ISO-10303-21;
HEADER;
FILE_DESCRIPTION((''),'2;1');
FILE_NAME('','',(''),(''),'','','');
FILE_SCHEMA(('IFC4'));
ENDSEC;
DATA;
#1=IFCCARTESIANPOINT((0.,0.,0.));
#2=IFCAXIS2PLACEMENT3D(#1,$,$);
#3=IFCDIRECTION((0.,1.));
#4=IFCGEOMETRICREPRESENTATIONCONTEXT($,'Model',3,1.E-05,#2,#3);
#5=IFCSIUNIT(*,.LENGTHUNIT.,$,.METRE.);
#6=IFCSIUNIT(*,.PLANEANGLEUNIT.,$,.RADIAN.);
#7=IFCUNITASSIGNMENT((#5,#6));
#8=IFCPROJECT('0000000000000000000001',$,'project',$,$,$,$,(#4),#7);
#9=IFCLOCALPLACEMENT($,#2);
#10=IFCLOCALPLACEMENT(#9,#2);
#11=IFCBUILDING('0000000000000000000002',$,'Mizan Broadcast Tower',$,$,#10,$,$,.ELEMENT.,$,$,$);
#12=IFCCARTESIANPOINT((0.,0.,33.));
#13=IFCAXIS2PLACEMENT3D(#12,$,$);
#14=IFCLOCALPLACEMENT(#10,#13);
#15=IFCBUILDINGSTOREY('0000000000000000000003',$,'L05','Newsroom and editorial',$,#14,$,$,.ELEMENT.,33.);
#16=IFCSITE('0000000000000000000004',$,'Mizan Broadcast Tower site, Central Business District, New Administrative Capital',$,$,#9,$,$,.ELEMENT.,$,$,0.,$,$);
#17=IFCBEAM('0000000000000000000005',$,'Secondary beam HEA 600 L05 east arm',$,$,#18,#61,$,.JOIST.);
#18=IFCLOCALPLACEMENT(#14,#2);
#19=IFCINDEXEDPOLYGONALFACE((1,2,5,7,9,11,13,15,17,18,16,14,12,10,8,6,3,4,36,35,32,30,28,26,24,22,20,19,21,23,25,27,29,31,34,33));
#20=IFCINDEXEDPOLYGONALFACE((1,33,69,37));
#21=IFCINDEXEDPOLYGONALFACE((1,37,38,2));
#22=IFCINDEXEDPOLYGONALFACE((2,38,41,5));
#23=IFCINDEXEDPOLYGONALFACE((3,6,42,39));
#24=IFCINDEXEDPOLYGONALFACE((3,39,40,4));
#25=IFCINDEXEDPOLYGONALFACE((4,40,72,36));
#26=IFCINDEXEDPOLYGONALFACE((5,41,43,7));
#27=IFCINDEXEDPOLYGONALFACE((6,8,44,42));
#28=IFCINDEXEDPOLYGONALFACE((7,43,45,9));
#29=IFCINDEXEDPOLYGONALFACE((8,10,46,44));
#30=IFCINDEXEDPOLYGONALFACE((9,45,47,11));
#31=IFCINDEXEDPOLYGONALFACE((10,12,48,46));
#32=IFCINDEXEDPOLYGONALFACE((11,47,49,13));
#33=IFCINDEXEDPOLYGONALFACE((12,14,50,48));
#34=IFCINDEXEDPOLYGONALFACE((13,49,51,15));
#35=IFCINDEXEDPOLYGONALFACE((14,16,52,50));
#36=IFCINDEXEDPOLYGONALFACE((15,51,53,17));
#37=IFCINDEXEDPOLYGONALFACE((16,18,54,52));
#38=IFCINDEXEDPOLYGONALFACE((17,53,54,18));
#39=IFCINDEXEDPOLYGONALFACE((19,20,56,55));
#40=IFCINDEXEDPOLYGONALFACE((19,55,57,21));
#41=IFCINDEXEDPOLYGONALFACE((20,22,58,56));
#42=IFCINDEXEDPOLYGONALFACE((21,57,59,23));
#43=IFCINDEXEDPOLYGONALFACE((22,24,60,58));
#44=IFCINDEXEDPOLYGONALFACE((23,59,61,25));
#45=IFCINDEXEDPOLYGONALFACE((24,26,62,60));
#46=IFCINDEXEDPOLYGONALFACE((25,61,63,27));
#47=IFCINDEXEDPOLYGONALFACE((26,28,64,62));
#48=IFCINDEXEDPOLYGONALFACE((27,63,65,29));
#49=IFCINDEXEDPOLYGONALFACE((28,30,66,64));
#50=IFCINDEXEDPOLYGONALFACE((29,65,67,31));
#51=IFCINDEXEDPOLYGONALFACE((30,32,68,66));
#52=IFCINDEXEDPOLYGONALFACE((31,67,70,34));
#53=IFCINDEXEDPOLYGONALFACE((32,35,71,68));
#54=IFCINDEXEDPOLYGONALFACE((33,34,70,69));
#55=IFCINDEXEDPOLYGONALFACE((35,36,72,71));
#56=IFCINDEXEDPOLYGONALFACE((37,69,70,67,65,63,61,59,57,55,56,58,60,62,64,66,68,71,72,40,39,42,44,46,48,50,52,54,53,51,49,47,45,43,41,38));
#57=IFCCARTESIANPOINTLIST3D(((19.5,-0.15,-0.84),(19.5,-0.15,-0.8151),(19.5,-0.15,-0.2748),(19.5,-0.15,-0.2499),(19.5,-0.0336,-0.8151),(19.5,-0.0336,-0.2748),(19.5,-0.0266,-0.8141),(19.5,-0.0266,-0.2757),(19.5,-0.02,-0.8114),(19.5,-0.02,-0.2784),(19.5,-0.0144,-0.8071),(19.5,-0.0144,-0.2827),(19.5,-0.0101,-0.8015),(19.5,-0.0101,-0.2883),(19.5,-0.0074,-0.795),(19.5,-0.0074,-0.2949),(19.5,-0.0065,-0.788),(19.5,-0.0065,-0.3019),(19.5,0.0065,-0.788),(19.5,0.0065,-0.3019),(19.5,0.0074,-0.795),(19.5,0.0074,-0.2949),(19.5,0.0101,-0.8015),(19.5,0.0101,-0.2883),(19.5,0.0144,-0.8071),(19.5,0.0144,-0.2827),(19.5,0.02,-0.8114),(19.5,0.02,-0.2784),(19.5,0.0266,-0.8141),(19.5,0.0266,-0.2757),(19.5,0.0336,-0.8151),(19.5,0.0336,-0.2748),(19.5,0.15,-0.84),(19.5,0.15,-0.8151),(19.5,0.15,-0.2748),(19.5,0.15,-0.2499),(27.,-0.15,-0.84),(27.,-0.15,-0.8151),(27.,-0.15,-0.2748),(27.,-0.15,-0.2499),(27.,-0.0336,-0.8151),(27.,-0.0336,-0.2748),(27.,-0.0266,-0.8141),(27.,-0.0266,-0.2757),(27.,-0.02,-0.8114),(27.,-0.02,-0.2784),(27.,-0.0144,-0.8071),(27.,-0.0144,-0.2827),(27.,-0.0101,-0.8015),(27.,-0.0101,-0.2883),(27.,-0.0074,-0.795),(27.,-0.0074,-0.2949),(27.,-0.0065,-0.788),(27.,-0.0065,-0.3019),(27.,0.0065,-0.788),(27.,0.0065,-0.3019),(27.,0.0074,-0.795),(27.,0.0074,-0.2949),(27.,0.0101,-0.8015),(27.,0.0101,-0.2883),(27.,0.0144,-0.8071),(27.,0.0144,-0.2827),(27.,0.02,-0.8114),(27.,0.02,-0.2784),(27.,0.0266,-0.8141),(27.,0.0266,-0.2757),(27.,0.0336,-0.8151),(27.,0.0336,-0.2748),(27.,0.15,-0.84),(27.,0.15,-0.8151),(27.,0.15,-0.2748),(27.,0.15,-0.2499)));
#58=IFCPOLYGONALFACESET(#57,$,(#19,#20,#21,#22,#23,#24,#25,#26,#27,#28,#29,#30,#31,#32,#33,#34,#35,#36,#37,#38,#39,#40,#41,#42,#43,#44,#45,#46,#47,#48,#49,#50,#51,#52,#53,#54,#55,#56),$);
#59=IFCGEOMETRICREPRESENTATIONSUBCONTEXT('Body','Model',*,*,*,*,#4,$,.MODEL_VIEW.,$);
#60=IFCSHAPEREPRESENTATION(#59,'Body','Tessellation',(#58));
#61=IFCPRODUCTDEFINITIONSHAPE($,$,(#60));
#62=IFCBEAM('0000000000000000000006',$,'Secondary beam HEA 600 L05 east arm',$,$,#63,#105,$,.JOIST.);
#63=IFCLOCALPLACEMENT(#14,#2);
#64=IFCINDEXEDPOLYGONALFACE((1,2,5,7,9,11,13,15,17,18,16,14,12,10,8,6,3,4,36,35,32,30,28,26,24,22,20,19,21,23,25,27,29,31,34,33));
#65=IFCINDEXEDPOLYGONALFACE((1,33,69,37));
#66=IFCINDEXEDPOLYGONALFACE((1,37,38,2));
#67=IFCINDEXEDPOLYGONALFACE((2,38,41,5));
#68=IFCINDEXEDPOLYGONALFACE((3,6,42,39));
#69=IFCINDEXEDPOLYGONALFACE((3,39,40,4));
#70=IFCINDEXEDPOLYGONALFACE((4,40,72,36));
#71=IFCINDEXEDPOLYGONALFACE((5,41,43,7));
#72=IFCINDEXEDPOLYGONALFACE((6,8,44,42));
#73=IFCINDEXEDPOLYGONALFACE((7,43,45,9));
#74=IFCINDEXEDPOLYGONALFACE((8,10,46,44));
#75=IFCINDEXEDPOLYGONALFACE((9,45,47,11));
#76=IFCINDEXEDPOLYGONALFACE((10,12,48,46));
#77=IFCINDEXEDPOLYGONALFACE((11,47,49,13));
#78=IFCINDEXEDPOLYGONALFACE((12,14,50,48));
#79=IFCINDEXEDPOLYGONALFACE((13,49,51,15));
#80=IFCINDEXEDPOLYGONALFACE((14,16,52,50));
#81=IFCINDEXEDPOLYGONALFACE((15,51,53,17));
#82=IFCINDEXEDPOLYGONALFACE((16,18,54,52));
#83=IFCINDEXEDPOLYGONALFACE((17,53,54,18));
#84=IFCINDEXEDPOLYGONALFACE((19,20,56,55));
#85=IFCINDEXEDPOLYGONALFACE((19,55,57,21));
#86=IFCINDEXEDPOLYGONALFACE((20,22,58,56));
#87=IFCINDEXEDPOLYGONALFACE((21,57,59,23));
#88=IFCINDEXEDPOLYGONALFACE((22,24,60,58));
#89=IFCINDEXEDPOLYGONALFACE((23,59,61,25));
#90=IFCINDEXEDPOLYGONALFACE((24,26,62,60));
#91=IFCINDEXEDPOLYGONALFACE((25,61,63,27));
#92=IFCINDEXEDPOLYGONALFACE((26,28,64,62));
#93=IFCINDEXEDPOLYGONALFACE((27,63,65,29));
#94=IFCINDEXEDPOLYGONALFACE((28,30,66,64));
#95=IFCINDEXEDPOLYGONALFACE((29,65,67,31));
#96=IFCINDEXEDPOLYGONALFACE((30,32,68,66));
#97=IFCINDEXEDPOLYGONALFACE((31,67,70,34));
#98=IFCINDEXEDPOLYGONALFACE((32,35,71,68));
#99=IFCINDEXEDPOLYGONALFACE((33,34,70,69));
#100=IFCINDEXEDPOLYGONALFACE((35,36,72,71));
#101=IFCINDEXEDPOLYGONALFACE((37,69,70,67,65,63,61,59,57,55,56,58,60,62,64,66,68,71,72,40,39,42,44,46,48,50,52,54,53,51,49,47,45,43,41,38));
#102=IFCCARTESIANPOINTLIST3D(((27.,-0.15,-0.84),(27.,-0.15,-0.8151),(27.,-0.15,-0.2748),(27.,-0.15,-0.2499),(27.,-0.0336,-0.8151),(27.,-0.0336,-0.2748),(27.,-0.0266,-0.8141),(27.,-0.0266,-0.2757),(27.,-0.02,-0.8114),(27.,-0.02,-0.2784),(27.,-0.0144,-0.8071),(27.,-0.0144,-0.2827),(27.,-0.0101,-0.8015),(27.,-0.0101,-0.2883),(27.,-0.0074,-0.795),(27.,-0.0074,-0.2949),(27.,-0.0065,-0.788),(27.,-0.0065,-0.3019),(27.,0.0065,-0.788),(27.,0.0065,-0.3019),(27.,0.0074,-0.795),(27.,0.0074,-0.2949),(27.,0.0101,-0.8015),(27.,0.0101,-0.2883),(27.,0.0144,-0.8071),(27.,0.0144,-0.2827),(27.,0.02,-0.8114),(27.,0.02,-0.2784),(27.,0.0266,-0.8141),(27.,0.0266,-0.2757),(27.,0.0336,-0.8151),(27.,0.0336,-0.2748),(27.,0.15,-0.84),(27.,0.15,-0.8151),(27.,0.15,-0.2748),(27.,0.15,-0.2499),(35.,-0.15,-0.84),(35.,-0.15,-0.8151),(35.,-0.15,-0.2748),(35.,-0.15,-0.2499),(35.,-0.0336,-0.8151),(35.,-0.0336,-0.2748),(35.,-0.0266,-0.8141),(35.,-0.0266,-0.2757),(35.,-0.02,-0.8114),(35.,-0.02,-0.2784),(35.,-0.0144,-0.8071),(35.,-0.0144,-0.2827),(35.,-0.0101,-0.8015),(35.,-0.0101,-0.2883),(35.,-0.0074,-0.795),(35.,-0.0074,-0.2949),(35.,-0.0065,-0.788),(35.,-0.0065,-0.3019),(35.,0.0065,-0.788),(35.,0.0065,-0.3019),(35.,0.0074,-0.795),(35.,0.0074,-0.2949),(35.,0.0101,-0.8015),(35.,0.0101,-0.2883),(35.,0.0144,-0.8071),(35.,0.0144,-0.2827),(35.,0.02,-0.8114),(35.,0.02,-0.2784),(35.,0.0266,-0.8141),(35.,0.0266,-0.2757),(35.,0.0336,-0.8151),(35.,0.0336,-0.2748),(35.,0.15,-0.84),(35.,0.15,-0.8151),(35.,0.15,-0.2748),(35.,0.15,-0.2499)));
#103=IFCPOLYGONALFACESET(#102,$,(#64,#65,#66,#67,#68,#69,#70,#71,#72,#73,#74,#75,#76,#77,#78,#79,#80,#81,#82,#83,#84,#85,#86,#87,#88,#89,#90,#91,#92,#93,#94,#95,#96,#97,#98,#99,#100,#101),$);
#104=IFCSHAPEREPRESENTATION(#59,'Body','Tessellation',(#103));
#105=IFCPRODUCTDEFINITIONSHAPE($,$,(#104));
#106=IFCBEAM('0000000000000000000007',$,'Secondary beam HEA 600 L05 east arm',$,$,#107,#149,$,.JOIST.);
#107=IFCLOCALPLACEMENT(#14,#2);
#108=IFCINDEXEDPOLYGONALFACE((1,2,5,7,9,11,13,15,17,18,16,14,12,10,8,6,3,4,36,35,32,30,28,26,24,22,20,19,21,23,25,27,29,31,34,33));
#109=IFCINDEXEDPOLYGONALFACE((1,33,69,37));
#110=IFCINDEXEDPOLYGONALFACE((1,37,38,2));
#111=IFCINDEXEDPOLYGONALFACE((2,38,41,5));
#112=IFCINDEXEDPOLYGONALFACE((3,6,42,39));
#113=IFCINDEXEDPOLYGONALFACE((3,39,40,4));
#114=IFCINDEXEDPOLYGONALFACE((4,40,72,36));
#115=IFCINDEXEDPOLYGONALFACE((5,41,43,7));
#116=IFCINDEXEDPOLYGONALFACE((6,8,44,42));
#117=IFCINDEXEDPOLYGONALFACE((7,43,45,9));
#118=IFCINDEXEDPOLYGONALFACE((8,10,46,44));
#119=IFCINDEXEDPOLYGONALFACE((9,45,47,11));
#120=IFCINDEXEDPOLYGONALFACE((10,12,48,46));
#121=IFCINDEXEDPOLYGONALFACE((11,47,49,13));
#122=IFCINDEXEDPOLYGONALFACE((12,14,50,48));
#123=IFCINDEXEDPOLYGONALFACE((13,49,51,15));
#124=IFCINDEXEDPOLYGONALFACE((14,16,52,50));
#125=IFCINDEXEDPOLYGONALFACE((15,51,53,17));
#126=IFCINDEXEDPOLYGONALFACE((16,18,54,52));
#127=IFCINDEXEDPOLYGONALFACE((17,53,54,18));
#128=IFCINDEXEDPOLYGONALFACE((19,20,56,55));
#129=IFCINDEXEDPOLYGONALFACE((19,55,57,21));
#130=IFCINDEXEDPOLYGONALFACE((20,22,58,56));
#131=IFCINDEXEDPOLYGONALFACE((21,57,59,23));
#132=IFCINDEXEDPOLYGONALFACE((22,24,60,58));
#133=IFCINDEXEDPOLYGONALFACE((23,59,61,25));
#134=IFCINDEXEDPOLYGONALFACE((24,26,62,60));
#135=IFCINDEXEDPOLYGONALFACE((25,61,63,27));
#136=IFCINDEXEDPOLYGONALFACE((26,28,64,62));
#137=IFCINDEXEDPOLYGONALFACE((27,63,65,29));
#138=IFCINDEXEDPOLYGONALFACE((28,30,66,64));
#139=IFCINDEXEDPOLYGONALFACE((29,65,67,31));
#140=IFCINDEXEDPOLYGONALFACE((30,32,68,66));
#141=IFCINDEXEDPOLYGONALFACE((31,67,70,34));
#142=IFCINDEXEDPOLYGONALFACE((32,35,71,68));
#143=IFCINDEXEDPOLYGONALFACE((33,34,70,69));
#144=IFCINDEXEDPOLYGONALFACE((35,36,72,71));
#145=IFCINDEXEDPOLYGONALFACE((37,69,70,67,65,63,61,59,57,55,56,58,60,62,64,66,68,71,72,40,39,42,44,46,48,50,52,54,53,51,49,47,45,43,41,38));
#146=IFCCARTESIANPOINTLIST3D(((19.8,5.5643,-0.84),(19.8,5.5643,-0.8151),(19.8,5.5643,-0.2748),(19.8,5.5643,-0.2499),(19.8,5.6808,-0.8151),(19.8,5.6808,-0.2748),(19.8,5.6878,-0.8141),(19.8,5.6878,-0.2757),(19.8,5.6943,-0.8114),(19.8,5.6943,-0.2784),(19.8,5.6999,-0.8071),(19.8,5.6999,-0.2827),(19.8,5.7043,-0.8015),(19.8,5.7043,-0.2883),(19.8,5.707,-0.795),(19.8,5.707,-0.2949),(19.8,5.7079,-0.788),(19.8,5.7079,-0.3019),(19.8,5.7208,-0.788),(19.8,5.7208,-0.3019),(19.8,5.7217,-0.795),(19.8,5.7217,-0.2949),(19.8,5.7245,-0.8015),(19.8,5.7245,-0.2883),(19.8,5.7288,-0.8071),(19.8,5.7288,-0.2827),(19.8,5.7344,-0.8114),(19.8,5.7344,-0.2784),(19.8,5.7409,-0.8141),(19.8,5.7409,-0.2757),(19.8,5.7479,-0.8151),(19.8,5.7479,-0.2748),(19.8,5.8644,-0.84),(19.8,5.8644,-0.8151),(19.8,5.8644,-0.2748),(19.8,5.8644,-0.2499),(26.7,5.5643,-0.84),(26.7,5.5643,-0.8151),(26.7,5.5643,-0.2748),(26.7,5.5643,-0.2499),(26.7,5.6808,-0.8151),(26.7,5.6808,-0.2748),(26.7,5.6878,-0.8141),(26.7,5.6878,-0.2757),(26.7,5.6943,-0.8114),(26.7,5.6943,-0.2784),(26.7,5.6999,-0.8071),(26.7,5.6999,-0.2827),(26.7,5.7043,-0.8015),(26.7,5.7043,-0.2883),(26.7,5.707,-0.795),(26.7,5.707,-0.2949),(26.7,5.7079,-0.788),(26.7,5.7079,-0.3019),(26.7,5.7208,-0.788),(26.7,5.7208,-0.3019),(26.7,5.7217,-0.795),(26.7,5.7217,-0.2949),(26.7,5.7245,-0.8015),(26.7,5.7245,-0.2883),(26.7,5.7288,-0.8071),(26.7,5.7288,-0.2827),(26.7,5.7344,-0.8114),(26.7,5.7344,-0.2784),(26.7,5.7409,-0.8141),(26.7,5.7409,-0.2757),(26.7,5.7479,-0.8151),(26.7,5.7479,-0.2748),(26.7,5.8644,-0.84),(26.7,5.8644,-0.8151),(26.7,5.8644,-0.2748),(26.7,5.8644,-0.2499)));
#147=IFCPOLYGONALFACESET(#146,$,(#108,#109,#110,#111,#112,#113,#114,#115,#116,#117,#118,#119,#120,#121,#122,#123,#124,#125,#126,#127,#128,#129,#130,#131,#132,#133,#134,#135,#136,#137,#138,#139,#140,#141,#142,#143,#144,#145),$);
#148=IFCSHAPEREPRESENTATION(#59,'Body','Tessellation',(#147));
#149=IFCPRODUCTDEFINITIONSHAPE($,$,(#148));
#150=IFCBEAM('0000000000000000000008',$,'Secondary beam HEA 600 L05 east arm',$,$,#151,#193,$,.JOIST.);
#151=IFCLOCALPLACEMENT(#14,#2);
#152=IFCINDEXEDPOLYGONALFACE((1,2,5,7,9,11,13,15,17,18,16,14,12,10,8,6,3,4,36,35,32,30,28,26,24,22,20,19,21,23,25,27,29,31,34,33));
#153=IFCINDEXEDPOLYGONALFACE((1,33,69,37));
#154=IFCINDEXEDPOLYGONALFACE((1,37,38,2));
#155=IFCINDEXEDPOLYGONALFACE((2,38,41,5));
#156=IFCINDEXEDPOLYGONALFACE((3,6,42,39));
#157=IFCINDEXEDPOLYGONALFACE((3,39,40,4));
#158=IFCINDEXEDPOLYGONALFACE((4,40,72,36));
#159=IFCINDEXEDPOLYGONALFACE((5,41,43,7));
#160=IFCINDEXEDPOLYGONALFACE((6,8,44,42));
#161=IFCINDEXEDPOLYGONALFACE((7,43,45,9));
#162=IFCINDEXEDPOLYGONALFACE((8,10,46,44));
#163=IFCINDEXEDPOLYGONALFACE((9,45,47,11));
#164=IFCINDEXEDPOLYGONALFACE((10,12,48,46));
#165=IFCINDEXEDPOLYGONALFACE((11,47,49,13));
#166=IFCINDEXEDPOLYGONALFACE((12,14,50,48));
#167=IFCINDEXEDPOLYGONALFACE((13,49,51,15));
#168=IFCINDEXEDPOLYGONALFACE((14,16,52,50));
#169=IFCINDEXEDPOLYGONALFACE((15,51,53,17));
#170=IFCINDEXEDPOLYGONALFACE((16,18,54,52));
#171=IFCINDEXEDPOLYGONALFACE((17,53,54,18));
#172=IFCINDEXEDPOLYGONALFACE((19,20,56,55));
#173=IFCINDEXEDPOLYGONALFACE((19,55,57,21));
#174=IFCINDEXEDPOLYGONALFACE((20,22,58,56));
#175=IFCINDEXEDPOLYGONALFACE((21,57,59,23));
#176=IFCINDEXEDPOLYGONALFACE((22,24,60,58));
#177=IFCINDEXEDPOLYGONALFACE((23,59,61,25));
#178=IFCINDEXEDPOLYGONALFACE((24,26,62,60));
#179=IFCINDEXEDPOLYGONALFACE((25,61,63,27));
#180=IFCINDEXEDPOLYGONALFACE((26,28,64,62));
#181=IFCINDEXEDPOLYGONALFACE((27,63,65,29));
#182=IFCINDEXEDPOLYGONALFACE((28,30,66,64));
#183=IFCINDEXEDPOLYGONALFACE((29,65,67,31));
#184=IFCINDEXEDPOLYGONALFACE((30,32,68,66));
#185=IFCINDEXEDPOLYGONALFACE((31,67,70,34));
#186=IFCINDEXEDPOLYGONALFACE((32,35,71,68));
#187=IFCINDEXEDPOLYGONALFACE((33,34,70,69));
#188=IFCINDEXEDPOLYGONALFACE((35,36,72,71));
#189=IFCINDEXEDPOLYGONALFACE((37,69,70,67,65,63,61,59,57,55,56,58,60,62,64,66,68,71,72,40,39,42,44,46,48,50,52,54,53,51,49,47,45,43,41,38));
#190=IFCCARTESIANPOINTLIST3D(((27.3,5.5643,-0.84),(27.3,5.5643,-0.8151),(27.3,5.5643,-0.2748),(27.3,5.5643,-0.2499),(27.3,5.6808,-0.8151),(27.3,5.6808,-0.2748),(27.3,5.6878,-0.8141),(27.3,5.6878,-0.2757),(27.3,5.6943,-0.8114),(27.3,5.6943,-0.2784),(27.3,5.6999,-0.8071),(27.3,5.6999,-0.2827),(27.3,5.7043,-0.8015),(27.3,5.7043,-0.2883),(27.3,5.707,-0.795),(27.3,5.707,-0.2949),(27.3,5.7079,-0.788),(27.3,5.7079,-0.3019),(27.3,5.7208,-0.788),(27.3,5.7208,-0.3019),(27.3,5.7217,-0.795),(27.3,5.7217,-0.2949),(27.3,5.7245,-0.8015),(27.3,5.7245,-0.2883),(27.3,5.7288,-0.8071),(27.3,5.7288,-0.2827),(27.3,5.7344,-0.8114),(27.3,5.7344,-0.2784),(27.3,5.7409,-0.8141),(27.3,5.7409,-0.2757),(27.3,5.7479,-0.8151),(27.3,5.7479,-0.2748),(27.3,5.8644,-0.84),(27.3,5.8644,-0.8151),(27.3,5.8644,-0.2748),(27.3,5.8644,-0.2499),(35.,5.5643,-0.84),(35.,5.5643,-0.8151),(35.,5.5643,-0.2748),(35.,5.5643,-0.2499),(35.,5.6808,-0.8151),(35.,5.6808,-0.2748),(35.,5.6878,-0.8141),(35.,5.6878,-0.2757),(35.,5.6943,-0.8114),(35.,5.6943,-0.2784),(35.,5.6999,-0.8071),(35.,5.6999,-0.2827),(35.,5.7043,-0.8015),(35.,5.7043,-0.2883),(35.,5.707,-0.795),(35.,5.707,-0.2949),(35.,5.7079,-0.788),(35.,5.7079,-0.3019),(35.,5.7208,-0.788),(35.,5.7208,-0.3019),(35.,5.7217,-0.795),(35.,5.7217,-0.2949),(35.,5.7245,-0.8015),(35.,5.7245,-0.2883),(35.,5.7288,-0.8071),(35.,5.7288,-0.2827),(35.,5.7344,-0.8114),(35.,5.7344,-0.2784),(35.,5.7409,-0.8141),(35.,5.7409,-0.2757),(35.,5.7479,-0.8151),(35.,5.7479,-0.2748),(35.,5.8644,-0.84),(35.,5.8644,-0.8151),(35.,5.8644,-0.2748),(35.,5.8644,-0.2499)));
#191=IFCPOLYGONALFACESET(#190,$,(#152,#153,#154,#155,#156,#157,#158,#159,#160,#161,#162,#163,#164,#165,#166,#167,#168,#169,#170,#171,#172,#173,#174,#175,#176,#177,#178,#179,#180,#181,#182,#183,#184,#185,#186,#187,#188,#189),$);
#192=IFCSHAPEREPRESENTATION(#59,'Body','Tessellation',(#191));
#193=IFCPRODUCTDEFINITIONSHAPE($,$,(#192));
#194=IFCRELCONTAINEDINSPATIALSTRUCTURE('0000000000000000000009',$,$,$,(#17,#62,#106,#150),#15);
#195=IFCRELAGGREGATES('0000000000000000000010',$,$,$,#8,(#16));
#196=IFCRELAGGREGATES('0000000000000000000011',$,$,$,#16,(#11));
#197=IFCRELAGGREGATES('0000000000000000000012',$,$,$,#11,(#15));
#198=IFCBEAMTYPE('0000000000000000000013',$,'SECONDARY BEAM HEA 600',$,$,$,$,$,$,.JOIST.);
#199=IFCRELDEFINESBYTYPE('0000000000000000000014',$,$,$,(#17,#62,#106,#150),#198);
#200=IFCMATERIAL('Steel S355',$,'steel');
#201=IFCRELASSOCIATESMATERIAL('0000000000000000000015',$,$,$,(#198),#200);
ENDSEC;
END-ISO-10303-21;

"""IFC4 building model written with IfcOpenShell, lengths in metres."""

from ifc_helpers import new_model, si_unit, direction, frame, origin, origin_2d, place, context, subcontext, project, spatial, i_section, extrude, material, material_profile, profile_set, type_object, element, save


model = new_model("IFC4")

# Units and contexts
model_context = context("Model", 3, precision=1e-05, world=origin(), true_north=direction((0.0, 1.0)))
body_context = subcontext(model_context, "Body", "Model", "MODEL_VIEW")
ifc_project = project(units=[si_unit("LENGTHUNIT", "METRE"), si_unit("PLANEANGLEUNIT", "RADIAN")], contexts=[model_context])

# Site, building, storey
site_placement = place(None, origin())
site = spatial("IfcSite", under=ifc_project, at=site_placement, Name="Mizan Broadcast Tower site, Central Business District, New Administrative Capital", CompositionType="ELEMENT", RefElevation=0.0)
building_placement = place(site_placement, origin())
building = spatial("IfcBuilding", under=site, at=building_placement, Name="Mizan Broadcast Tower", CompositionType="ELEMENT")
storey_placement = place(building_placement, frame((0.0, 0.0, 33.0)))
storey = spatial("IfcBuildingStorey", under=building, at=storey_placement, Name="L05", Description="Newsroom and editorial", CompositionType="ELEMENT", Elevation=33.0)

# Beams
ifc_material_1 = material(Name="Steel S355", Category="steel")
ifc_material_profile_1 = material_profile(ifc_material_1, i_section(OverallWidth=0.3, OverallDepth=0.5901, WebThickness=0.0129, FlangeThickness=0.0249, FilletRadius=0.0271, at=origin_2d()), Name="HEA 600")
ifc_profile_set_1 = profile_set([ifc_material_profile_1], Name="Steel S355")
beam_type_1 = type_object("IfcBeamType", Name="SECONDARY BEAM HEA 600", PredefinedType="JOIST", material=ifc_profile_set_1)
beam_1_placement = place(storey_placement, frame((19.5, 0.0, -0.5449), z_axis=(1.0, 0.0, 0.0), x_axis=(0.0, 1.0, 0.0)))
element("IfcBeam", 1, at=beam_1_placement, inside=storey, type_object=beam_type_1, Name="Secondary beam HEA 600 L05 east arm", PredefinedType="JOIST", context=body_context, shape_type="SweptSolid", body=[
    extrude(i_section(OverallWidth=0.3, OverallDepth=0.5901, WebThickness=0.0129, FlangeThickness=0.0249, FilletRadius=0.0271, at=origin_2d()), origin(), (0.0, 0.0, 1.0), 7.5),
])
beam_2_placement = place(storey_placement, frame((27.0, 0.0, -0.5449), z_axis=(1.0, 0.0, 0.0), x_axis=(0.0, 1.0, 0.0)))
element("IfcBeam", 2, at=beam_2_placement, inside=storey, type_object=beam_type_1, Name="Secondary beam HEA 600 L05 east arm", PredefinedType="JOIST", context=body_context, shape_type="SweptSolid", body=[
    extrude(i_section(OverallWidth=0.3, OverallDepth=0.5901, WebThickness=0.0129, FlangeThickness=0.0249, FilletRadius=0.0271, at=origin_2d()), origin(), (0.0, 0.0, 1.0), 8.0),
])
beam_3_placement = place(storey_placement, frame((19.8, 5.7144, -0.5449), z_axis=(1.0, 0.0, 0.0), x_axis=(0.0, 1.0, 0.0)))
element("IfcBeam", 3, at=beam_3_placement, inside=storey, type_object=beam_type_1, Name="Secondary beam HEA 600 L05 east arm", PredefinedType="JOIST", context=body_context, shape_type="SweptSolid", body=[
    extrude(i_section(OverallWidth=0.3, OverallDepth=0.5901, WebThickness=0.0129, FlangeThickness=0.0249, FilletRadius=0.0271, at=origin_2d()), origin(), (0.0, 0.0, 1.0), 6.8999),
])
beam_4_placement = place(storey_placement, frame((27.3, 5.7144, -0.5449), z_axis=(1.0, 0.0, 0.0), x_axis=(0.0, 1.0, 0.0)))
element("IfcBeam", 4, at=beam_4_placement, inside=storey, type_object=beam_type_1, Name="Secondary beam HEA 600 L05 east arm", PredefinedType="JOIST", context=body_context, shape_type="SweptSolid", body=[
    extrude(i_section(OverallWidth=0.3, OverallDepth=0.5901, WebThickness=0.0129, FlangeThickness=0.0249, FilletRadius=0.0271, at=origin_2d()), origin(), (0.0, 0.0, 1.0), 7.7),
])

save(model, "model.ifc")
